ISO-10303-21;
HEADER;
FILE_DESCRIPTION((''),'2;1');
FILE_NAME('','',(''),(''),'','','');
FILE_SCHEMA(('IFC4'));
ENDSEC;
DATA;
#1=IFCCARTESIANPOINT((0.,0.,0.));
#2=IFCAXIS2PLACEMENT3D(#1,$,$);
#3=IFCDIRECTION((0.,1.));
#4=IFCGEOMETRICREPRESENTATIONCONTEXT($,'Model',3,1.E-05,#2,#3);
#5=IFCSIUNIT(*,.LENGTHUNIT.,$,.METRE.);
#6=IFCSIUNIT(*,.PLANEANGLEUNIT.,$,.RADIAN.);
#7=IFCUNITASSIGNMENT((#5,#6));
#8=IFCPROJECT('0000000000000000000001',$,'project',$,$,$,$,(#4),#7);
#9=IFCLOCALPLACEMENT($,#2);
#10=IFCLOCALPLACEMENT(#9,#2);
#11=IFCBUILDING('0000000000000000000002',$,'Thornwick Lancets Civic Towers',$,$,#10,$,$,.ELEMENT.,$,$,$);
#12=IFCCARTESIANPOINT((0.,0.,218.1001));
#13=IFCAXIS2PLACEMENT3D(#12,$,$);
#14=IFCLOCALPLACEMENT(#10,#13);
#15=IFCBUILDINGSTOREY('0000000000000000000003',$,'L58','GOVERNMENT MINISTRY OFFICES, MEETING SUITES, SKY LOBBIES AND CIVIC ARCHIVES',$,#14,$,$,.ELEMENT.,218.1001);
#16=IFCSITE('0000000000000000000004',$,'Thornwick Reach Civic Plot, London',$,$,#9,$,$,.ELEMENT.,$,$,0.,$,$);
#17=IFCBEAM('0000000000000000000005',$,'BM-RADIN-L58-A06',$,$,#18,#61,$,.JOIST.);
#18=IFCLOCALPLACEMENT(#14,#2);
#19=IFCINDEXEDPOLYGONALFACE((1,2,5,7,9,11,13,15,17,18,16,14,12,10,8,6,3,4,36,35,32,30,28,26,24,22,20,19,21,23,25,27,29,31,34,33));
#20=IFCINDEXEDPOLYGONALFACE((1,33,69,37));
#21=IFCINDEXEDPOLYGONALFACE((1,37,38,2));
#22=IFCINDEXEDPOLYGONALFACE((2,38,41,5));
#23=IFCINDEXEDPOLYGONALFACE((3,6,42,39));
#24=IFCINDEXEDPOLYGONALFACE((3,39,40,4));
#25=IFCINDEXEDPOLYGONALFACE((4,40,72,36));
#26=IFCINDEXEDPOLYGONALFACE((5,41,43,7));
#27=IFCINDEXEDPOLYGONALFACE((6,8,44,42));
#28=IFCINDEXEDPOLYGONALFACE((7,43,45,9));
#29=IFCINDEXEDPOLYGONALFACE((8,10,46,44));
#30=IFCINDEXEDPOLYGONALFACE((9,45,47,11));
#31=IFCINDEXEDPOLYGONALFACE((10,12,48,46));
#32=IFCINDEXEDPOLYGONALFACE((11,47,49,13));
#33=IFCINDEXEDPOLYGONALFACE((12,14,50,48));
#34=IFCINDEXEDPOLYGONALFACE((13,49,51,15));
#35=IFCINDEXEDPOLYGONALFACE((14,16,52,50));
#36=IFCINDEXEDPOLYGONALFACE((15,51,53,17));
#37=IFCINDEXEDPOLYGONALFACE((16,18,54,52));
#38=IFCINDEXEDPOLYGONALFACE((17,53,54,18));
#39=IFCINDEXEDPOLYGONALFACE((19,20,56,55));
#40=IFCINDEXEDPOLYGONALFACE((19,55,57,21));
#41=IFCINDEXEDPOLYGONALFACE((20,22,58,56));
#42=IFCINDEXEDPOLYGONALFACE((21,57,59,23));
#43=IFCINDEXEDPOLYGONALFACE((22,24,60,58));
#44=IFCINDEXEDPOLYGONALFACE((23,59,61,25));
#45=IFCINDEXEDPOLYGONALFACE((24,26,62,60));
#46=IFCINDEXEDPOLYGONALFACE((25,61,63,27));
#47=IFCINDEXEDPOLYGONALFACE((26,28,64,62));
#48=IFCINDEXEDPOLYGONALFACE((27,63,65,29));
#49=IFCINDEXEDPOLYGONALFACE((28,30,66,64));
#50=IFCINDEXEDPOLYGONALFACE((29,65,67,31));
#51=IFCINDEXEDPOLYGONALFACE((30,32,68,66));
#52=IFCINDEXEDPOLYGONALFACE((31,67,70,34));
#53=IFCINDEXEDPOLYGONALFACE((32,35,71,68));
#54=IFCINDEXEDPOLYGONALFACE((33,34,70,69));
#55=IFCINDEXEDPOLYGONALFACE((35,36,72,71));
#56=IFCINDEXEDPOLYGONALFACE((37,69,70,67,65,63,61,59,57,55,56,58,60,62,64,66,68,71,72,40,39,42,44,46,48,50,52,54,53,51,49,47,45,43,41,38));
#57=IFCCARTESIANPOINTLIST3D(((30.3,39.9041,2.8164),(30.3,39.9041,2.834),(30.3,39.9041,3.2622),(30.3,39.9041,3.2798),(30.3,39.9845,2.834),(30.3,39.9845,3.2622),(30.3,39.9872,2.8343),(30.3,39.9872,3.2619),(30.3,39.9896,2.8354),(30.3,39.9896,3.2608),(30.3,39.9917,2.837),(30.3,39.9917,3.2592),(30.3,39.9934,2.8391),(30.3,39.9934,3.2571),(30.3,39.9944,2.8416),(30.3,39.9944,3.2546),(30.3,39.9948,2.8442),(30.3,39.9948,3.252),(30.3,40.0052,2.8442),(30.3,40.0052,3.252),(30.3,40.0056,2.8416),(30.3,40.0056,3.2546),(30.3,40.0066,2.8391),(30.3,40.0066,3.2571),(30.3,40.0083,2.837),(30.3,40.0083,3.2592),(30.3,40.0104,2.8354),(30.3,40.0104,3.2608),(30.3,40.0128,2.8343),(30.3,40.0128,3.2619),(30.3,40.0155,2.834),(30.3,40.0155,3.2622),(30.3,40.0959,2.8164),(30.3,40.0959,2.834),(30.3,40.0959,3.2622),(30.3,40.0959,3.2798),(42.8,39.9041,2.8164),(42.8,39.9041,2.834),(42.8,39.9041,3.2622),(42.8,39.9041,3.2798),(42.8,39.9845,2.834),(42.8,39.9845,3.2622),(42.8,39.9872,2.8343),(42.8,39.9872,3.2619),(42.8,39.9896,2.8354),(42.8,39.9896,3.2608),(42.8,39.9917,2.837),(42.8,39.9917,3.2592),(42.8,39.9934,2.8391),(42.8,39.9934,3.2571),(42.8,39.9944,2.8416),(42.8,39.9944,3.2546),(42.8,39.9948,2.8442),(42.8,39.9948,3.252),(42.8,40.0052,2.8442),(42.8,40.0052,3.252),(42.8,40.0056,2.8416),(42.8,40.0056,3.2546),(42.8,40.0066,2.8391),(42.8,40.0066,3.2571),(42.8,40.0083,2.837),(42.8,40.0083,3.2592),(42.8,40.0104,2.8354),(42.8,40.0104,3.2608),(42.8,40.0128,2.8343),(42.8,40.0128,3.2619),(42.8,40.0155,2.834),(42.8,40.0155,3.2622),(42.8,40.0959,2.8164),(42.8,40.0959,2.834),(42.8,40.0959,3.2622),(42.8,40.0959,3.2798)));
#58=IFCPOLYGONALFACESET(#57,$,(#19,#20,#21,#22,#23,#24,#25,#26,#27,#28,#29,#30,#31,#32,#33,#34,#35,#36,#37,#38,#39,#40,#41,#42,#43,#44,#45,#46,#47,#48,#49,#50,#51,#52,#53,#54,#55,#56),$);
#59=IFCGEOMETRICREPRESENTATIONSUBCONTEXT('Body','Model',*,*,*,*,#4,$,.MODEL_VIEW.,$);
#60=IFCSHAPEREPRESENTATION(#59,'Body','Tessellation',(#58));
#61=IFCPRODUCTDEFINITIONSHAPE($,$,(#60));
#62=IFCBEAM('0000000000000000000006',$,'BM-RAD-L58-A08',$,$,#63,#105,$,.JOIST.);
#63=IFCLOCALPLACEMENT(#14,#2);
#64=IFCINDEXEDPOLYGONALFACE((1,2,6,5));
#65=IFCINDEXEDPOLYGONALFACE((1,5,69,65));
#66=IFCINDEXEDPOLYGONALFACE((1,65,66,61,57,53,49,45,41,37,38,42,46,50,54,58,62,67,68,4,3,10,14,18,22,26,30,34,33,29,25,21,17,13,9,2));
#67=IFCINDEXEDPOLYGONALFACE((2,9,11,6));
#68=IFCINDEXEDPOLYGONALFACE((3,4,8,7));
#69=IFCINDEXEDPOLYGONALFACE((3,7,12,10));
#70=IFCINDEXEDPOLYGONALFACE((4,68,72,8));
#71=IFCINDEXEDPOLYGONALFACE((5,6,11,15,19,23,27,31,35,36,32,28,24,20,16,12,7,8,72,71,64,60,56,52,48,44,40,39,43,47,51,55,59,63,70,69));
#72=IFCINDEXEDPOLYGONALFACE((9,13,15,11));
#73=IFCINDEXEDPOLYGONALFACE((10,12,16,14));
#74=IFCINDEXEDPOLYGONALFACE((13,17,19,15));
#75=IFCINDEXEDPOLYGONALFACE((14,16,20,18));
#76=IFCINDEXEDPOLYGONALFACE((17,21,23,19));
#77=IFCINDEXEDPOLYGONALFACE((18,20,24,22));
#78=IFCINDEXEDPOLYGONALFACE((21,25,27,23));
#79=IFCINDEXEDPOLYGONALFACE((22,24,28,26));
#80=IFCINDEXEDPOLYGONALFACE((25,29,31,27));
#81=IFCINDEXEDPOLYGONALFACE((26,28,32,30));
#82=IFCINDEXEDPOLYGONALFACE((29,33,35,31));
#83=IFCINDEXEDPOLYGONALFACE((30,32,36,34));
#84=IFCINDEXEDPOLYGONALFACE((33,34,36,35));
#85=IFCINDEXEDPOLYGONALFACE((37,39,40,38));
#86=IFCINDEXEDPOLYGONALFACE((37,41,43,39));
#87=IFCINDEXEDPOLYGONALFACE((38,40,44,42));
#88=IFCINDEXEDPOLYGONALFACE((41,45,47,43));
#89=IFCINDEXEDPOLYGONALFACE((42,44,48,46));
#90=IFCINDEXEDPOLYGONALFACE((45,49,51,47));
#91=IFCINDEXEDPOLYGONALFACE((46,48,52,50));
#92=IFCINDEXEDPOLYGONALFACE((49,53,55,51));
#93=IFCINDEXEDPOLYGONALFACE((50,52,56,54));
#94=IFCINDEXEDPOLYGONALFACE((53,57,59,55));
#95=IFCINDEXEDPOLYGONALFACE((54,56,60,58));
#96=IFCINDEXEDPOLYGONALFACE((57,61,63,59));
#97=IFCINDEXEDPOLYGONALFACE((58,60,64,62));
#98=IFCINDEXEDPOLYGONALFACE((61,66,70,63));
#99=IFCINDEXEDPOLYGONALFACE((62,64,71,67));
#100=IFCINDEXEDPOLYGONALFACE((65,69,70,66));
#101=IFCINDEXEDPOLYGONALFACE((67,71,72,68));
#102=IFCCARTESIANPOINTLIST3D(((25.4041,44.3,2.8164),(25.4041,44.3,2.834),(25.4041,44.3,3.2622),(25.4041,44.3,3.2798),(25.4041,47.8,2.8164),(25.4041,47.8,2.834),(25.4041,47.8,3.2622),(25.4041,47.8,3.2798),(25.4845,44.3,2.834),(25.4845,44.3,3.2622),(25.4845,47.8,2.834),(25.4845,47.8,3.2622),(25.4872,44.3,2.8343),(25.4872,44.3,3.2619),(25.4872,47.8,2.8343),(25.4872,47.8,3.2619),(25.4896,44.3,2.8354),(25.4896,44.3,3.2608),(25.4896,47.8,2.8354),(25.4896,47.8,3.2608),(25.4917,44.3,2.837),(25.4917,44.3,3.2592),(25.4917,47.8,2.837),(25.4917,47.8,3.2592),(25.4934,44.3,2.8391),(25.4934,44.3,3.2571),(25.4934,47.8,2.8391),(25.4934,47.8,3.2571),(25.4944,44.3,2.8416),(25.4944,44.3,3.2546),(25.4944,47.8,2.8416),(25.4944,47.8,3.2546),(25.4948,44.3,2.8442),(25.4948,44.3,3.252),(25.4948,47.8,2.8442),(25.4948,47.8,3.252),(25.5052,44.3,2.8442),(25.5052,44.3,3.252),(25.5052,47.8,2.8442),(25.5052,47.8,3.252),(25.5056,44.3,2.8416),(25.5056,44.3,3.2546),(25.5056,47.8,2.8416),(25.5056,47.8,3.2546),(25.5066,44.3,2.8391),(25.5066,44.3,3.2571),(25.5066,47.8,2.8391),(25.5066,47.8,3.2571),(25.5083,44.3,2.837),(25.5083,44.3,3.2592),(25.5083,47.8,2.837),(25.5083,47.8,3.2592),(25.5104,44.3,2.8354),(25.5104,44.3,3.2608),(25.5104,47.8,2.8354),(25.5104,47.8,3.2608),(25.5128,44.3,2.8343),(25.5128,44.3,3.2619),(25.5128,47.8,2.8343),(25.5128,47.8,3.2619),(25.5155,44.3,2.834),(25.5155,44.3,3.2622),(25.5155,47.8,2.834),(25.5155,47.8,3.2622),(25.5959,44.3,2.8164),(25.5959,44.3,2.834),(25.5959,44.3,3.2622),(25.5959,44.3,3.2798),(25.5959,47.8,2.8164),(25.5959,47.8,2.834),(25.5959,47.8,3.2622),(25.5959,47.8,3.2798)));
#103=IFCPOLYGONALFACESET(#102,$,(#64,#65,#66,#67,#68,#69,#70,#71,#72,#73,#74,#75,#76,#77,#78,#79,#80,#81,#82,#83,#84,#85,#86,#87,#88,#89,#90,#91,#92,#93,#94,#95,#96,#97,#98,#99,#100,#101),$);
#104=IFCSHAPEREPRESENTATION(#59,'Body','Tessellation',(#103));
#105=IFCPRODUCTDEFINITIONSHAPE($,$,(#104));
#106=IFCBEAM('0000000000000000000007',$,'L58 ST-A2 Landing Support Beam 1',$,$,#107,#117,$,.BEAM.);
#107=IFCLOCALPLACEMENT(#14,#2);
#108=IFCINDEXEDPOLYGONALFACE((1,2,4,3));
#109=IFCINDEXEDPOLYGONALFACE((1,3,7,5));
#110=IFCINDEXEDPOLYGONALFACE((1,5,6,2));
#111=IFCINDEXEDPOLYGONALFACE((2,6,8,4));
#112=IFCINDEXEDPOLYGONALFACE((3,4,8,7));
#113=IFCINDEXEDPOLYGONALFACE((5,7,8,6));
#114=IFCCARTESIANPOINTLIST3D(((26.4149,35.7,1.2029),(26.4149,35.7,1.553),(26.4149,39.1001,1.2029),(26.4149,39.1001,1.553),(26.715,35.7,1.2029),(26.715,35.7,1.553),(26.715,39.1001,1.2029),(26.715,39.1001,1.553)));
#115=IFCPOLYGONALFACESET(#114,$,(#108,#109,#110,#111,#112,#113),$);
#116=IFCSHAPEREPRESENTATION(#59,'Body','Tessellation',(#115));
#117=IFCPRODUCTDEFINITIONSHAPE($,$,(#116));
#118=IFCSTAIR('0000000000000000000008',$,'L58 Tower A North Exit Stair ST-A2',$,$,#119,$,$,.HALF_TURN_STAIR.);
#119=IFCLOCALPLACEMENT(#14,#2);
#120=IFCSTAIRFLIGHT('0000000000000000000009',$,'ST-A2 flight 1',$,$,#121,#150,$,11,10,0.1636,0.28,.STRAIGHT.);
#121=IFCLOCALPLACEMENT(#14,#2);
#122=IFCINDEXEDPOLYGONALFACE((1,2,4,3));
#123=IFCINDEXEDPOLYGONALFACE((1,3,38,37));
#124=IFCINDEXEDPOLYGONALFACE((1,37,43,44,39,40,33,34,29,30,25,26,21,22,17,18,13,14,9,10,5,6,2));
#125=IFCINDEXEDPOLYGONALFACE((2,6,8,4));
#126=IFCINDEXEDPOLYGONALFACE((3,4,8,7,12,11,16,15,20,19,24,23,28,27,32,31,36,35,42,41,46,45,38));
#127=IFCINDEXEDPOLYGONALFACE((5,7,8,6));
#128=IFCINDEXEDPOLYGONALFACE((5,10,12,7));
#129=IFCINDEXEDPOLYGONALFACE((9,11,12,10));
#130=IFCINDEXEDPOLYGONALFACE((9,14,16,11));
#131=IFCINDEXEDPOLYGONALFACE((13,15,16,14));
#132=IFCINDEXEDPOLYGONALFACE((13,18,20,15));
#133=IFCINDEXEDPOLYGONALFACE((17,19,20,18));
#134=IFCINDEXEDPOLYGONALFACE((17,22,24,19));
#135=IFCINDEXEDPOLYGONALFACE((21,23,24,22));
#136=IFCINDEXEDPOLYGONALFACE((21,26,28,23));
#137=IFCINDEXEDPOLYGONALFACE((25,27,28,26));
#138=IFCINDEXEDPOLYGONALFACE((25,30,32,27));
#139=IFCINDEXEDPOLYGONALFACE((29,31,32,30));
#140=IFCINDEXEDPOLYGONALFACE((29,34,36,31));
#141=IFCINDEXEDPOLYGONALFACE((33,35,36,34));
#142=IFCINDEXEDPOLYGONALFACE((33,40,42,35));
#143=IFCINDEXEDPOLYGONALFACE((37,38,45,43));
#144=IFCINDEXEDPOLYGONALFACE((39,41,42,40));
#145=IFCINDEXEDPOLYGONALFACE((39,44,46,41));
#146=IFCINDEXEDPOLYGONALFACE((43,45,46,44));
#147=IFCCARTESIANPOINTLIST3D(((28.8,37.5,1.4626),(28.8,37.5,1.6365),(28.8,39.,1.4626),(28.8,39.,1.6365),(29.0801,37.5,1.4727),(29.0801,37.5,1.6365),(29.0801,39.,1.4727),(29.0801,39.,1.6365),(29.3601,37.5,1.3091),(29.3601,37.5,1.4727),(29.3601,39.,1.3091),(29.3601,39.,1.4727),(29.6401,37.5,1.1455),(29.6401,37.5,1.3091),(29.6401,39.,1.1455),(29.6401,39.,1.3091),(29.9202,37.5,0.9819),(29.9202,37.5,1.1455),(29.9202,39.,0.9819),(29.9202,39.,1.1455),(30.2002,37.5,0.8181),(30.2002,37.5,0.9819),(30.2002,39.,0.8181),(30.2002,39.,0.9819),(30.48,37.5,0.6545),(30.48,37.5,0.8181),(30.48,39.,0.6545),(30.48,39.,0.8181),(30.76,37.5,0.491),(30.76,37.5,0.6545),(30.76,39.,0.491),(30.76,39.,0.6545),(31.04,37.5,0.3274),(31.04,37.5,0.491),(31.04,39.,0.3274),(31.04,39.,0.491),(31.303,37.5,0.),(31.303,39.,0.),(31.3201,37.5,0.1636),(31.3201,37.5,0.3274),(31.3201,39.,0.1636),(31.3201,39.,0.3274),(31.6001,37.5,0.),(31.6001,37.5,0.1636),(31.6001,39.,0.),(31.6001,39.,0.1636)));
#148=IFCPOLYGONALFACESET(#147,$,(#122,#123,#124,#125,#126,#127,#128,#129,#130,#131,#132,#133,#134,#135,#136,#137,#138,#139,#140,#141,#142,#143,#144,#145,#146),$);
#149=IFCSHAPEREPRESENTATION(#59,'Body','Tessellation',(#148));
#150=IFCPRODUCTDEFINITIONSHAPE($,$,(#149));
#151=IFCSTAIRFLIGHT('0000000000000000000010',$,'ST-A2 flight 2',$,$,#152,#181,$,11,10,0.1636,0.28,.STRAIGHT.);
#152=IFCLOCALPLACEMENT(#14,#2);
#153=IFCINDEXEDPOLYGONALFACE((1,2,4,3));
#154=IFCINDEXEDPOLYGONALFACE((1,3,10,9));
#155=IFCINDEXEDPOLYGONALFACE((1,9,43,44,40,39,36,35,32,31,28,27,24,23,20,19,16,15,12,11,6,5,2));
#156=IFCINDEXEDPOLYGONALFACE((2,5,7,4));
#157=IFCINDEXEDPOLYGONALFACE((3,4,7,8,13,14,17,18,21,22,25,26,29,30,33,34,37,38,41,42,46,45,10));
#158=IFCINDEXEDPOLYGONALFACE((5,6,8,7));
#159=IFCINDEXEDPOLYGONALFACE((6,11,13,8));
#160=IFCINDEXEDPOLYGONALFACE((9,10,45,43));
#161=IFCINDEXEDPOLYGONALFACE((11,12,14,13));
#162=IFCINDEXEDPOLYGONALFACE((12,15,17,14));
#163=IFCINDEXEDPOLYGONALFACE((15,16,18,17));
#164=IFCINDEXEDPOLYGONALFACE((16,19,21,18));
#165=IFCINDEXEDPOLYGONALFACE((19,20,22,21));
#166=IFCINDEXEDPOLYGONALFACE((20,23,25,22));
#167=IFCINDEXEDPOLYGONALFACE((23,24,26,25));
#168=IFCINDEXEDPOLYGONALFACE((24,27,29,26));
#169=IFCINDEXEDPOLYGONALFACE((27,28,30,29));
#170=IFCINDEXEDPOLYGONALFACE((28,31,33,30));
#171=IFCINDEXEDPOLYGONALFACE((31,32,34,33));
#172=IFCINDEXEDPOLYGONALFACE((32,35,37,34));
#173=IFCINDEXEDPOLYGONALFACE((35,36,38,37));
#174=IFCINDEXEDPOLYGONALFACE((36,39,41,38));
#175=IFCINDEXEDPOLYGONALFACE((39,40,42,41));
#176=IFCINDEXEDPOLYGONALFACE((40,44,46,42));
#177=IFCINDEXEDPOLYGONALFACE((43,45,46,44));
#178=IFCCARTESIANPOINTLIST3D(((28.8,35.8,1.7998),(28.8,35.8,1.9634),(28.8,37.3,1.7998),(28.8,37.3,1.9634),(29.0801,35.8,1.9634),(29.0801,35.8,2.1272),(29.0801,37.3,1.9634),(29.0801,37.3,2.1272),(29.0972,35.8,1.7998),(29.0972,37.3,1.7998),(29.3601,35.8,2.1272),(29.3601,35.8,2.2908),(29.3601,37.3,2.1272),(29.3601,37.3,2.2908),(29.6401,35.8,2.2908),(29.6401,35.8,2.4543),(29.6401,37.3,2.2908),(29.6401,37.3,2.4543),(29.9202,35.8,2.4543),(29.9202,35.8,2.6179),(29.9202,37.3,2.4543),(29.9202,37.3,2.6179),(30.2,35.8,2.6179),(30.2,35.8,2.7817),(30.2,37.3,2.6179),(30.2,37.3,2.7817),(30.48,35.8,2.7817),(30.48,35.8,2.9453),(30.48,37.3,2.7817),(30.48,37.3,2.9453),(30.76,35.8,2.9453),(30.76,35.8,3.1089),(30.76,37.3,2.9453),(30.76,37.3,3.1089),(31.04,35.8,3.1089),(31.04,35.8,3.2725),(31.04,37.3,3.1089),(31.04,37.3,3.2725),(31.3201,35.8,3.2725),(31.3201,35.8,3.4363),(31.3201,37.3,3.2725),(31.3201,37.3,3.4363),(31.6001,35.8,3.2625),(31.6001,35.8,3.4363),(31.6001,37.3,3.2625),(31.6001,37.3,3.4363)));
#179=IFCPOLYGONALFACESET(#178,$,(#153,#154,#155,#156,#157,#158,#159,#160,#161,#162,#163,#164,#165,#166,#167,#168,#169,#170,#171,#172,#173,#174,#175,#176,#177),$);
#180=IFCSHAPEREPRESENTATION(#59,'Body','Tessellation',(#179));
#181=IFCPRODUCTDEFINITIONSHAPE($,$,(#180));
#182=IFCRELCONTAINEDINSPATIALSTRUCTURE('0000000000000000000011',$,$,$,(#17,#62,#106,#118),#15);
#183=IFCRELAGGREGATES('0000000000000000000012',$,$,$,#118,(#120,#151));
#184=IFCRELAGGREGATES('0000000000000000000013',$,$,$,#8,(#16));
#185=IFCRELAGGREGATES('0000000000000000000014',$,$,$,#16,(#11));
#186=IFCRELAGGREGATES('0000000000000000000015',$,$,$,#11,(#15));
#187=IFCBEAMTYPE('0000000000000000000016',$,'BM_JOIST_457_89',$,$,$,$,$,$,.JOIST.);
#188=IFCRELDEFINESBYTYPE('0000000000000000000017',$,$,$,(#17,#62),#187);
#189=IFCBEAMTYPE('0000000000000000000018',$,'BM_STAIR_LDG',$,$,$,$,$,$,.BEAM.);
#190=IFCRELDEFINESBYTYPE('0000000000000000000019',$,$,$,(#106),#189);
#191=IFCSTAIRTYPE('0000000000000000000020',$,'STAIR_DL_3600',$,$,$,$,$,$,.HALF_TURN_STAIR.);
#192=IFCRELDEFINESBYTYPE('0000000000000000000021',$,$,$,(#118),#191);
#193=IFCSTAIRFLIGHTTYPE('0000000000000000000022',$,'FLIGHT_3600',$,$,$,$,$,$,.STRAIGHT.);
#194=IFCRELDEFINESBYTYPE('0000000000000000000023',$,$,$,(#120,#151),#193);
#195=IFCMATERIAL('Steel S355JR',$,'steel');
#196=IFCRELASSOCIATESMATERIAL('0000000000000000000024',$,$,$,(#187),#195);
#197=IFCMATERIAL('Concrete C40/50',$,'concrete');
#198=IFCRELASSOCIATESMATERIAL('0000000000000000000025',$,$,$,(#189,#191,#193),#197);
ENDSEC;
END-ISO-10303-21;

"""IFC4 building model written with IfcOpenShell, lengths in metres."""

from ifc_helpers import new_model, si_unit, direction, frame, origin, origin_2d, place, context, subcontext, project, spatial, polyline, rectangle, i_section, outline, extrude, material, material_profile, profile_set, type_object, element, aggregate, save


model = new_model("IFC4")

# Units and contexts
model_context = context("Model", 3, precision=1e-05, world=origin(), true_north=direction((0.0, 1.0)))
body_context = subcontext(model_context, "Body", "Model", "MODEL_VIEW")
ifc_project = project(units=[si_unit("LENGTHUNIT", "METRE"), si_unit("PLANEANGLEUNIT", "RADIAN")], contexts=[model_context])

# Site, building, storey
site_placement = place(None, origin())
site = spatial("IfcSite", under=ifc_project, at=site_placement, Name="Thornwick Reach Civic Plot, London", CompositionType="ELEMENT", RefElevation=0.0)
building_placement = place(site_placement, origin())
building = spatial("IfcBuilding", under=site, at=building_placement, Name="Thornwick Lancets Civic Towers", CompositionType="ELEMENT")
storey_placement = place(building_placement, frame((0.0, 0.0, 218.1001)))
storey = spatial("IfcBuildingStorey", under=building, at=storey_placement, Name="L58", Description="GOVERNMENT MINISTRY OFFICES, MEETING SUITES, SKY LOBBIES AND CIVIC ARCHIVES", CompositionType="ELEMENT", Elevation=218.1001)

# Shared definitions
ifc_material_1 = material(Name="Steel S355JR", Category="steel")

# Beams
ifc_material_profile_1 = material_profile(ifc_material_1, i_section(OverallWidth=0.1919, OverallDepth=0.4634, WebThickness=0.0105, FlangeThickness=0.0176, FilletRadius=0.0103, at=origin_2d()), Name="UKB 457x191x89")
ifc_profile_set_1 = profile_set([ifc_material_profile_1], Name="Steel S355JR")
beam_type_1 = type_object("IfcBeamType", Name="BM_JOIST_457_89", PredefinedType="JOIST", material=ifc_profile_set_1)
beam_1_placement = place(storey_placement, frame((30.3, 40.0, 3.0481), z_axis=(1.0, 0.0, 0.0), x_axis=(0.0, 1.0, 0.0)))
element("IfcBeam", 1, at=beam_1_placement, inside=storey, type_object=beam_type_1, Name="BM-RADIN-L58-A06", PredefinedType="JOIST", context=body_context, shape_type="SweptSolid", body=[
    extrude(i_section(OverallWidth=0.1919, OverallDepth=0.4634, WebThickness=0.0105, FlangeThickness=0.0176, FilletRadius=0.0103, at=origin_2d()), origin(), (0.0, 0.0, 1.0), 12.5),
])
beam_2_placement = place(storey_placement, frame((25.5, 44.3, 3.0481), z_axis=(0.0, 1.0, 0.0), x_axis=(-1.0, 0.0, 0.0)))
element("IfcBeam", 2, at=beam_2_placement, inside=storey, type_object=beam_type_1, Name="BM-RAD-L58-A08", PredefinedType="JOIST", context=body_context, shape_type="SweptSolid", body=[
    extrude(i_section(OverallWidth=0.1919, OverallDepth=0.4634, WebThickness=0.0105, FlangeThickness=0.0176, FilletRadius=0.0103, at=origin_2d()), origin(), (0.0, 0.0, 1.0), 3.5),
])
ifc_material_2 = material(Name="Concrete C40/50", Category="concrete")
ifc_material_profile_2 = material_profile(ifc_material_2, rectangle(XDim=0.3, YDim=0.3501, at=origin_2d()), Name="RC 300x350")
ifc_profile_set_2 = profile_set([ifc_material_profile_2], Name="Concrete C40/50")
beam_type_2 = type_object("IfcBeamType", Name="BM_STAIR_LDG", PredefinedType="BEAM", material=ifc_profile_set_2)
beam_3_placement = place(storey_placement, frame((26.5649, 39.1001, 1.3779), z_axis=(0.0, -1.0, 0.0), x_axis=(1.0, 0.0, 0.0)))
element("IfcBeam", 3, at=beam_3_placement, inside=storey, type_object=beam_type_2, Name="L58 ST-A2 Landing Support Beam 1", PredefinedType="BEAM", context=body_context, shape_type="SweptSolid", body=[
    extrude(rectangle(XDim=0.3, YDim=0.3501, at=origin_2d()), origin(), (0.0, 0.0, 1.0), 3.4001),
])

# Stair, stair flights
stair_type = type_object("IfcStairType", Name="STAIR_DL_3600", PredefinedType="HALF_TURN_STAIR", material=ifc_material_2)
stair_placement = place(storey_placement, origin())
stair = element("IfcStair", 4, at=stair_placement, inside=storey, type_object=stair_type, Name="L58 Tower A North Exit Stair ST-A2", PredefinedType="HALF_TURN_STAIR")
stair_flight_type = type_object("IfcStairFlightType", Name="FLIGHT_3600", PredefinedType="STRAIGHT", material=ifc_material_2)
stair_flight_1_placement = place(storey_placement, frame((31.6001, 38.25, 0.0), z_axis=(0.0, 0.0, 1.0), x_axis=(-1.0, 0.0, 0.0)))
stair_flight_1 = element("IfcStairFlight", 5, at=stair_flight_1_placement, type_object=stair_flight_type, Name="ST-A2 flight 1", NumberOfRisers=11, NumberOfTreads=10, PredefinedType="STRAIGHT", RiserHeight=0.1636, TreadLength=0.28, context=body_context, shape_type="SweptSolid", body=[
    extrude(outline(polyline([(0.0, 0.0), (0.0, 0.1636), (0.28, 0.1636), (0.28, 0.3274), (0.5601, 0.3274), (0.5601, 0.491), (0.8401, 0.491), (0.8401, 0.6545), (1.1201, 0.6545), (1.1201, 0.8181), (1.3999, 0.8181), (1.3999, 0.9819), (1.6799, 0.9819), (1.6799, 1.1455), (1.96, 1.1455), (1.96, 1.3091), (2.24, 1.3091), (2.24, 1.4727), (2.52, 1.4727), (2.52, 1.6365), (2.8, 1.6365), (2.8, 1.8), (2.8, 1.4626), (0.2971, 0.0), (0.0, 0.0)])), frame((0.0, 0.75, 0.0), z_axis=(0.0, -1.0, 0.0), x_axis=(1.0, 0.0, 0.0)), (0.0, 0.0, 1.0), 1.5),
])
stair_flight_2_placement = place(storey_placement, frame((28.8, 36.55, 1.7998), z_axis=(0.0, 0.0, 1.0), x_axis=(1.0, 0.0, 0.0)))
stair_flight_2 = element("IfcStairFlight", 6, at=stair_flight_2_placement, type_object=stair_flight_type, Name="ST-A2 flight 2", NumberOfRisers=11, NumberOfTreads=10, PredefinedType="STRAIGHT", RiserHeight=0.1636, TreadLength=0.28, context=body_context, shape_type="SweptSolid", body=[
    extrude(outline(polyline([(0.0, 0.0), (0.0, 0.1636), (0.28, 0.1636), (0.28, 0.3274), (0.5601, 0.3274), (0.5601, 0.491), (0.8401, 0.491), (0.8401, 0.6545), (1.1201, 0.6545), (1.1201, 0.8181), (1.3999, 0.8181), (1.3999, 0.9819), (1.6799, 0.9819), (1.6799, 1.1455), (1.96, 1.1455), (1.96, 1.3091), (2.24, 1.3091), (2.24, 1.4727), (2.52, 1.4727), (2.52, 1.6365), (2.8, 1.6365), (2.8, 1.8), (2.8, 1.4626), (0.2971, 0.0), (0.0, 0.0)])), frame((0.0, 0.75, 0.0), z_axis=(0.0, -1.0, 0.0), x_axis=(1.0, 0.0, 0.0)), (0.0, 0.0, 1.0), 1.5),
])
aggregate(stair, [stair_flight_1, stair_flight_2])

save(model, "model.ifc")
